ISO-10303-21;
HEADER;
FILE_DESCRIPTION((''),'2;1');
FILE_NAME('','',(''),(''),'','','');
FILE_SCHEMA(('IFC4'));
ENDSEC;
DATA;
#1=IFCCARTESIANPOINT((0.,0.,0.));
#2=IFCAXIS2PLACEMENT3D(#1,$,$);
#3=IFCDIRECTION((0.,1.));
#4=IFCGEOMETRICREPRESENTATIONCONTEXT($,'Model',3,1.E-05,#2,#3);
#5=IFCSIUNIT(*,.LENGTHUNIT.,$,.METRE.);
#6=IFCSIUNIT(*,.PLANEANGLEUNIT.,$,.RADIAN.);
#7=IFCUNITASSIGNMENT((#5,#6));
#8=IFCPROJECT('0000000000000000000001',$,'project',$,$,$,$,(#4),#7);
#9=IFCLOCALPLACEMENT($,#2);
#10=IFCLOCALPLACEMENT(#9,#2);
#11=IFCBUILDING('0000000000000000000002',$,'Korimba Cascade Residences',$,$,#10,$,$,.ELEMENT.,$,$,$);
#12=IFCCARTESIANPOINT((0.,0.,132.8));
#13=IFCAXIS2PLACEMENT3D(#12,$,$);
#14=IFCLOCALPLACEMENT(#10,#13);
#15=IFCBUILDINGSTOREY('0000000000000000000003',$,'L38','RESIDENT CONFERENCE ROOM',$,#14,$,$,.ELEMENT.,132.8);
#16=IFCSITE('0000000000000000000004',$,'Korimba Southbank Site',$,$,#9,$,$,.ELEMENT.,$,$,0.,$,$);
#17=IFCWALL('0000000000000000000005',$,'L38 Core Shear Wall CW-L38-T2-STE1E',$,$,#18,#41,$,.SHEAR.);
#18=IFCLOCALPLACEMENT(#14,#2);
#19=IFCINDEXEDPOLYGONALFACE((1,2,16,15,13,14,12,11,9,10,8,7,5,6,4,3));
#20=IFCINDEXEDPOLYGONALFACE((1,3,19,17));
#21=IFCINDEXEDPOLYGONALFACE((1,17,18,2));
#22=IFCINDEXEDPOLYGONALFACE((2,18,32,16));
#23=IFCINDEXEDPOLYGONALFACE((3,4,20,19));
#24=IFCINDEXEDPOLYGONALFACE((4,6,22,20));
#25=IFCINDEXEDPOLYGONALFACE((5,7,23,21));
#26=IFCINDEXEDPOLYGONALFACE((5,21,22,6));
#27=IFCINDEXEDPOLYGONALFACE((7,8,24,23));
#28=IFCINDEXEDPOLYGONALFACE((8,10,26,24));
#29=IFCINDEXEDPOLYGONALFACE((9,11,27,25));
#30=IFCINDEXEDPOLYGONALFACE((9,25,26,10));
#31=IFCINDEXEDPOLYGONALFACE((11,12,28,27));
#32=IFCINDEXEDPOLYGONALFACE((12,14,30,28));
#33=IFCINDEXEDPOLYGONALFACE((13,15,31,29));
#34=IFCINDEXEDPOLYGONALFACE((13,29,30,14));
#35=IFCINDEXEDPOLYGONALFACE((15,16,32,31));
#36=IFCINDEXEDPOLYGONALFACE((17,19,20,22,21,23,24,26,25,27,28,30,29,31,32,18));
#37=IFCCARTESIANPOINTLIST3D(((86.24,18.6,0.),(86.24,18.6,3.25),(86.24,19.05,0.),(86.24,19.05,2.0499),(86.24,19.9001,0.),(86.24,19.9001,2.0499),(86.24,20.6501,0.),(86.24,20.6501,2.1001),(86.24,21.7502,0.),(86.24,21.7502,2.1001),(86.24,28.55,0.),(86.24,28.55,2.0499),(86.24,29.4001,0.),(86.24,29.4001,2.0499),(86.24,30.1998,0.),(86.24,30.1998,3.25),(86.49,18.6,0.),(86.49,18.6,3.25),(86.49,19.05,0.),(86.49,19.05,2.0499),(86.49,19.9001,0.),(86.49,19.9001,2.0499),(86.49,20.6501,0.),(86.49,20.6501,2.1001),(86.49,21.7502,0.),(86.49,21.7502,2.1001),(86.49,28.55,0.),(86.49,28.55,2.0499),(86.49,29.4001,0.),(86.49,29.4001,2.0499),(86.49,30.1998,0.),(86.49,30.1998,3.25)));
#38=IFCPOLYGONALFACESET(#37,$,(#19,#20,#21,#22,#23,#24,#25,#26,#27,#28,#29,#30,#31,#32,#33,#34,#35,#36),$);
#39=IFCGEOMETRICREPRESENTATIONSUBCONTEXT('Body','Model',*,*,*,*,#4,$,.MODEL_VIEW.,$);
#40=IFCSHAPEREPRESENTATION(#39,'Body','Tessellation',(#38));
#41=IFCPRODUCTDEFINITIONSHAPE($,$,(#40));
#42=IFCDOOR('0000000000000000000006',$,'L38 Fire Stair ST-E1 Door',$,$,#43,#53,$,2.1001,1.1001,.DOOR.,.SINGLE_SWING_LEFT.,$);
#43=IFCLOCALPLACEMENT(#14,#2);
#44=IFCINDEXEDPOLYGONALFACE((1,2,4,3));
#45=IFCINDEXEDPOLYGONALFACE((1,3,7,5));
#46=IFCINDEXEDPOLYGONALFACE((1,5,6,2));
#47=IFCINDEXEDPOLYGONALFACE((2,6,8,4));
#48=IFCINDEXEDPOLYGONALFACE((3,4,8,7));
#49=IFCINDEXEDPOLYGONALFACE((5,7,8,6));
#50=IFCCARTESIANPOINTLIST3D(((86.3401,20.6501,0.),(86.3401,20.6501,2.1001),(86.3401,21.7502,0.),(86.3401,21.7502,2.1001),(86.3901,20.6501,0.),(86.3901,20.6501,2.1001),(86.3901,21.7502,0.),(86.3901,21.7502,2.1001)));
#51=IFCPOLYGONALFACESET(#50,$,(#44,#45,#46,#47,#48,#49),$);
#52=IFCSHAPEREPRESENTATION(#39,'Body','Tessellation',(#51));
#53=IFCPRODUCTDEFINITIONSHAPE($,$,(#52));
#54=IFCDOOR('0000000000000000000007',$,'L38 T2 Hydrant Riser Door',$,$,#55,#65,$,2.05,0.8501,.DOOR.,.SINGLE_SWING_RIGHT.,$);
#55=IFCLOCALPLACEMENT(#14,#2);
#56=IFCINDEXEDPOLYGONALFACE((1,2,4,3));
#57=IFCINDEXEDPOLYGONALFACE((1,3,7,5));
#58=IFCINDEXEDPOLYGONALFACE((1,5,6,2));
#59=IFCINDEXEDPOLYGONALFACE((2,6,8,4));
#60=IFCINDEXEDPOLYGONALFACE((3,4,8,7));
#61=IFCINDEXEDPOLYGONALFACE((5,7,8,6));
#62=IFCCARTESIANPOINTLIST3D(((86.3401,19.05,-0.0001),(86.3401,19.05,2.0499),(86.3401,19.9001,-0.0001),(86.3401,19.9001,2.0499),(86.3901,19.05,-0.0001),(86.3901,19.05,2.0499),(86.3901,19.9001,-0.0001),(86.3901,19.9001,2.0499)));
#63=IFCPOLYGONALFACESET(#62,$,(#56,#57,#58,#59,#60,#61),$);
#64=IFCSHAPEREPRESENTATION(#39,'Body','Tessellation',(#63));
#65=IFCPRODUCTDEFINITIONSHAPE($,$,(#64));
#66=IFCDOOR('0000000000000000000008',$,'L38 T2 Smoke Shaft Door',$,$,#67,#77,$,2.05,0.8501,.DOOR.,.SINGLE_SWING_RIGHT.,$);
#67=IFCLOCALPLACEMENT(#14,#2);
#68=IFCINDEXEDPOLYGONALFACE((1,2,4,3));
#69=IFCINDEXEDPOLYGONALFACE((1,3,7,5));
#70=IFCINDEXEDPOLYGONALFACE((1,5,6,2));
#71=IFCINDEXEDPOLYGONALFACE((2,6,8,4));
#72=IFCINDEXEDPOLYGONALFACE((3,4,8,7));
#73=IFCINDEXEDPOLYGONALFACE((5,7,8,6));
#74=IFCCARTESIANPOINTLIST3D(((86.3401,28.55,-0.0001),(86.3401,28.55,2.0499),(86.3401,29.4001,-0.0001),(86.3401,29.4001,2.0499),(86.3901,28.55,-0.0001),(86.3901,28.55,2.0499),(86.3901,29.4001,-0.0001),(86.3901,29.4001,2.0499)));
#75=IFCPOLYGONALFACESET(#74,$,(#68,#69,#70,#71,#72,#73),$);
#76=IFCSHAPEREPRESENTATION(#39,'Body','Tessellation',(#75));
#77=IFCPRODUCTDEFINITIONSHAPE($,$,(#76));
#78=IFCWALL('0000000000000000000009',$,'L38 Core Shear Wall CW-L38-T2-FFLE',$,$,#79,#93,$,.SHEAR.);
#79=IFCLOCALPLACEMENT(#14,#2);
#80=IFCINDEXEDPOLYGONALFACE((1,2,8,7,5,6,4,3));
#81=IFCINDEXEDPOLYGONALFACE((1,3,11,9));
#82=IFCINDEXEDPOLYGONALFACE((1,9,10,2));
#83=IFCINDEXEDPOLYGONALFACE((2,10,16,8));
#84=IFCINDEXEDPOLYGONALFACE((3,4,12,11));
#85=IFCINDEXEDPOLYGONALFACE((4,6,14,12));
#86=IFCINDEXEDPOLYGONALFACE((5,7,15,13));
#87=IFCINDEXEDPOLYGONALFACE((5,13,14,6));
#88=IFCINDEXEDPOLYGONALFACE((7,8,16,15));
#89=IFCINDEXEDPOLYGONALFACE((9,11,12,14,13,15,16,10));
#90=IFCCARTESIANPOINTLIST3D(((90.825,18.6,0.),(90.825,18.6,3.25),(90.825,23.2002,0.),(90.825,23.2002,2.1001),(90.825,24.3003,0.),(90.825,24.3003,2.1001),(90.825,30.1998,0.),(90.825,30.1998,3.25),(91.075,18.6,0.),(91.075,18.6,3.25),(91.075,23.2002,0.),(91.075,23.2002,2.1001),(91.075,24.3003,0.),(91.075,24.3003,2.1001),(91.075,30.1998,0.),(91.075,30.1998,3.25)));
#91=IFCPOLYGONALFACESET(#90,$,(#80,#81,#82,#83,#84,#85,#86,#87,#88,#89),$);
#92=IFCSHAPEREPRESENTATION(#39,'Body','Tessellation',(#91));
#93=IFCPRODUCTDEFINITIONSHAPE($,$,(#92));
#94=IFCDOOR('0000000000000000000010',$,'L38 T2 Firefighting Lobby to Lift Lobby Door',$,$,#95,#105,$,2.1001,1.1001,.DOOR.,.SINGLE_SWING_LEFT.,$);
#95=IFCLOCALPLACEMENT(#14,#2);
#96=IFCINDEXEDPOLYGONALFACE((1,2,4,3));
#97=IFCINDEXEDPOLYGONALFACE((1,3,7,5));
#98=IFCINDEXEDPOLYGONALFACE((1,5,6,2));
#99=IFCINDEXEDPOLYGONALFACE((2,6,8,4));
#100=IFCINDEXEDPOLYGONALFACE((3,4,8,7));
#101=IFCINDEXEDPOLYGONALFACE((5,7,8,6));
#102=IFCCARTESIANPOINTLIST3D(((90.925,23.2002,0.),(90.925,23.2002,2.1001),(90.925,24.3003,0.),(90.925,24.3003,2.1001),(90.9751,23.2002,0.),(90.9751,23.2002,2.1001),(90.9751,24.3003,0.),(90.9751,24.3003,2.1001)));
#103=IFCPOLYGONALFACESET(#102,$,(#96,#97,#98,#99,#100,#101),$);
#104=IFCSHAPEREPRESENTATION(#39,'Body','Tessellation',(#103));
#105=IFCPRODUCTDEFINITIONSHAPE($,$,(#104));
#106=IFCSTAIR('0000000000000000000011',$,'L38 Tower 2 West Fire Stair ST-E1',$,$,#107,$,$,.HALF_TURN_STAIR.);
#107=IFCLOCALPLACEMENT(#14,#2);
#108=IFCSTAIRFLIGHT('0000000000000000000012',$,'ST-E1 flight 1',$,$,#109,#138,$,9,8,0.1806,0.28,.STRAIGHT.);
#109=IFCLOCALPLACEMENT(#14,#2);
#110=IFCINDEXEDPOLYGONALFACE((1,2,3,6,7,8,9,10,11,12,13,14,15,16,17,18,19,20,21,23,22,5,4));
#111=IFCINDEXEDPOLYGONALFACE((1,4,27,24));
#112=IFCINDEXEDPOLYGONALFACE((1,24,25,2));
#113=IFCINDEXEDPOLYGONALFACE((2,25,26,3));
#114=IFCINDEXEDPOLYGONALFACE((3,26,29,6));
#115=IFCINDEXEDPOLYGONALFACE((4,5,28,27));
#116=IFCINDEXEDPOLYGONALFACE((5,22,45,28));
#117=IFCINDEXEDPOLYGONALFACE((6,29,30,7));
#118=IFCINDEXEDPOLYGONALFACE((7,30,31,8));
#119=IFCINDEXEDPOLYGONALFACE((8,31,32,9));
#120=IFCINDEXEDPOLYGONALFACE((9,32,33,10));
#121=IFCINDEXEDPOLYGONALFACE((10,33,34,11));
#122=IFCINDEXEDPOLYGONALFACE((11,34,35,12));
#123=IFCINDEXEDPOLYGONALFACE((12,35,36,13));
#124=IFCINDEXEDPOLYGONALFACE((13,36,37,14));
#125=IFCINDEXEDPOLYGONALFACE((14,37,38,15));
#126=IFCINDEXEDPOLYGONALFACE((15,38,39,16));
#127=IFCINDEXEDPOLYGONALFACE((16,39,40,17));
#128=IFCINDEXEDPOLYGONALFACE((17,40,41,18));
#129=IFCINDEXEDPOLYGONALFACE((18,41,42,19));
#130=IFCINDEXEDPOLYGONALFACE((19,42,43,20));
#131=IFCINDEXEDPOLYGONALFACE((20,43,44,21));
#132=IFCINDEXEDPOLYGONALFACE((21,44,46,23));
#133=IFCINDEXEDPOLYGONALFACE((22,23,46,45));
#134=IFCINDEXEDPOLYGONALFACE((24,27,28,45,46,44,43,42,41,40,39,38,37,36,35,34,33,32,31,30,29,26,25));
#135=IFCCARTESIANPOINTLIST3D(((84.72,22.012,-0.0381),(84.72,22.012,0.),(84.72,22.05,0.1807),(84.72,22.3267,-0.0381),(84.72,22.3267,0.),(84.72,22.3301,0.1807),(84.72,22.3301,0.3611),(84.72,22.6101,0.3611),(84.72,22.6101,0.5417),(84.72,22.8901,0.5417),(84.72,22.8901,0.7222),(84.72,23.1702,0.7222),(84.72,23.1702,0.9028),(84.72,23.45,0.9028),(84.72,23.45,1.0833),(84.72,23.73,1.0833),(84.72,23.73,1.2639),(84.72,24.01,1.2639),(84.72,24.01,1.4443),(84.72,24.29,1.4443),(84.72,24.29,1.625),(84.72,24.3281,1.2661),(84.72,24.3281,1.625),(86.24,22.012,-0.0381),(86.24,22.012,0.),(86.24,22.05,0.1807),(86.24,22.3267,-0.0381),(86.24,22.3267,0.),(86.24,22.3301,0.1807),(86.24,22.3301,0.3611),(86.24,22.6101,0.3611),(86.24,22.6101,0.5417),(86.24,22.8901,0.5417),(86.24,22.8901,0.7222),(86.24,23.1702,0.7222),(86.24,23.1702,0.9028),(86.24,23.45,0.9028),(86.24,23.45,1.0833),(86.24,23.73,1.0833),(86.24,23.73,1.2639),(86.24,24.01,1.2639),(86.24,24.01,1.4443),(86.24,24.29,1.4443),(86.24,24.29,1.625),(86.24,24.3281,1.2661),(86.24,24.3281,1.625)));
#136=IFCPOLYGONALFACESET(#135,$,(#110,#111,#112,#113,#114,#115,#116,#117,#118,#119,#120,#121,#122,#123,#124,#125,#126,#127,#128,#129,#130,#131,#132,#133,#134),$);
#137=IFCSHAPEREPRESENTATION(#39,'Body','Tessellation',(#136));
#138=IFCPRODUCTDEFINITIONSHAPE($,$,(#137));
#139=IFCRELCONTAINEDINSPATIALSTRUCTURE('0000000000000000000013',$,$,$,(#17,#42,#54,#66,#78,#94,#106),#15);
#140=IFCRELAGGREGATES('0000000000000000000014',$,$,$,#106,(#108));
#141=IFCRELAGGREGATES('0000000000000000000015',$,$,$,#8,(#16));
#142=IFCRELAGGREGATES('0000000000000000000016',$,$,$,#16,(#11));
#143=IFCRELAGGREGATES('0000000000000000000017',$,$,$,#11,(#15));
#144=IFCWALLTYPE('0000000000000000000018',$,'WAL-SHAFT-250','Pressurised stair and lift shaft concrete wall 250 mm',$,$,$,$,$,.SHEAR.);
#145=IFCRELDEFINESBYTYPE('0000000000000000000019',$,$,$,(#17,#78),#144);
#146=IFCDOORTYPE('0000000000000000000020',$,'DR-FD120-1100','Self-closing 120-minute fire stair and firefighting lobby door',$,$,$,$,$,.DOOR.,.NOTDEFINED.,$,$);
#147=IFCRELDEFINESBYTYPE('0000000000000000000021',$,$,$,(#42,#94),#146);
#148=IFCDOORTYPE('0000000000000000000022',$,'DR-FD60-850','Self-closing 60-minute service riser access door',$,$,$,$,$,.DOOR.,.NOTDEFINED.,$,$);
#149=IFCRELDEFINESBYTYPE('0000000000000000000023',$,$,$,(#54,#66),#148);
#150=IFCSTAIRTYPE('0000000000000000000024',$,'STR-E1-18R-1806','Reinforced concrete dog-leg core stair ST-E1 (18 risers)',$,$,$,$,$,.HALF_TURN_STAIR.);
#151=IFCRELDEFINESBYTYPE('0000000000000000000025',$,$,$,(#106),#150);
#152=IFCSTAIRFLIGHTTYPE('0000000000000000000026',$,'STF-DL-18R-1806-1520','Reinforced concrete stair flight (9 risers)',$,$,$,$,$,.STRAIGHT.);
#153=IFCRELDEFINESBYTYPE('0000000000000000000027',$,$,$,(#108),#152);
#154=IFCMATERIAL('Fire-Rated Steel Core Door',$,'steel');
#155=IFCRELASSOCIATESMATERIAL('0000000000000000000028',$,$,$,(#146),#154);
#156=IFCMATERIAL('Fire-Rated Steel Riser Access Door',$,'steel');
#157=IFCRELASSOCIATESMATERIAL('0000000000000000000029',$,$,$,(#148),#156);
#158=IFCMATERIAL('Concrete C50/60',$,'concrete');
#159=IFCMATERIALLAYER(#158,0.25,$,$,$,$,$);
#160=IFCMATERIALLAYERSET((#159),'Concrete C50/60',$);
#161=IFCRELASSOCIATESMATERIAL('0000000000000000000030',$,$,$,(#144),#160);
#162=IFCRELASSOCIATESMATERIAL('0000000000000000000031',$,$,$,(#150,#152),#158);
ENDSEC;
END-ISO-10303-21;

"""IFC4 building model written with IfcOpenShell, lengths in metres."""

from ifc_helpers import new_model, si_unit, direction, frame, frame_2d, origin, place, context, subcontext, project, spatial, polyline, rectangle, outline, extrude, material, layer, layer_set, type_object, element, fill, aggregate, save


model = new_model("IFC4")

# Units and contexts
model_context = context("Model", 3, precision=1e-05, world=origin(), true_north=direction((0.0, 1.0)))
body_context = subcontext(model_context, "Body", "Model", "MODEL_VIEW")
ifc_project = project(units=[si_unit("LENGTHUNIT", "METRE"), si_unit("PLANEANGLEUNIT", "RADIAN")], contexts=[model_context])

# Site, building, storey
site_placement = place(None, origin())
site = spatial("IfcSite", under=ifc_project, at=site_placement, Name="Korimba Southbank Site", CompositionType="ELEMENT", RefElevation=0.0)
building_placement = place(site_placement, origin())
building = spatial("IfcBuilding", under=site, at=building_placement, Name="Korimba Cascade Residences", CompositionType="ELEMENT")
storey_placement = place(building_placement, frame((0.0, 0.0, 132.8)))
storey = spatial("IfcBuildingStorey", under=building, at=storey_placement, Name="L38", Description="RESIDENT CONFERENCE ROOM", CompositionType="ELEMENT", Elevation=132.8)

# Shared definitions
ifc_material_1 = material(Name="Fire-Rated Steel Core Door", Category="steel")
door_type_1 = type_object("IfcDoorType", Name="DR-FD120-1100", Description="Self-closing 120-minute fire stair and firefighting lobby door", OperationType="NOTDEFINED", PredefinedType="DOOR", material=ifc_material_1)

# Wall, openings, doors
ifc_material_2 = material(Name="Fire-Rated Steel Riser Access Door", Category="steel")
door_type_2 = type_object("IfcDoorType", Name="DR-FD60-850", Description="Self-closing 60-minute service riser access door", OperationType="NOTDEFINED", PredefinedType="DOOR", material=ifc_material_2)
ifc_material_3 = material(Name="Concrete C50/60", Category="concrete")
ifc_layer_1 = layer(ifc_material_3, 0.25)
ifc_layer_set_1 = layer_set([ifc_layer_1], Name="Concrete C50/60")
wall_type_1 = type_object("IfcWallType", Name="WAL-SHAFT-250", Description="Pressurised stair and lift shaft concrete wall 250 mm", PredefinedType="SHEAR", material=ifc_layer_set_1)
wall_1_placement = place(storey_placement, frame((86.365, 18.6001, 0.0), z_axis=(0.0, 0.0, 1.0), x_axis=(0.0, 1.0, 0.0)))
wall_1 = element("IfcWall", 1, at=wall_1_placement, inside=storey, type_object=wall_type_1, Name="L38 Core Shear Wall CW-L38-T2-STE1E", PredefinedType="SHEAR", context=body_context, shape_type="SweptSolid", body=[
    extrude(rectangle(XDim=11.5999, YDim=0.25, at=frame_2d((5.7998, 0.0))), origin(), (0.0, 0.0, 1.0), 3.25),
])
opening_1_placement = place(wall_1_placement, frame((0.45, 0.0, 0.0)))
opening_1 = element("IfcOpeningElement", 2, at=opening_1_placement, cuts=wall_1, PredefinedType="OPENING", context=body_context, shape_type="SweptSolid", body=[
    extrude(rectangle(XDim=0.8501, YDim=2.05, at=frame_2d((0.425, 1.0249))), frame((0.0, 0.135, 0.0), z_axis=(0.0, -1.0, 0.0), x_axis=(1.0, 0.0, 0.0)), (0.0, 0.0, 1.0), 0.27),
])
opening_2_placement = place(wall_1_placement, frame((2.05, 0.0, 0.0)))
opening_2 = element("IfcOpeningElement", 3, at=opening_2_placement, cuts=wall_1, PredefinedType="OPENING", context=body_context, shape_type="SweptSolid", body=[
    extrude(rectangle(XDim=1.1001, YDim=2.1001, at=frame_2d((0.55, 1.05))), frame((0.0, 0.135, 0.0), z_axis=(0.0, -1.0, 0.0), x_axis=(1.0, 0.0, 0.0)), (0.0, 0.0, 1.0), 0.27),
])
opening_3_placement = place(wall_1_placement, frame((9.95, 0.0, 0.0)))
opening_3 = element("IfcOpeningElement", 4, at=opening_3_placement, cuts=wall_1, PredefinedType="OPENING", context=body_context, shape_type="SweptSolid", body=[
    extrude(rectangle(XDim=0.8501, YDim=2.05, at=frame_2d((0.425, 1.0249))), frame((0.0, 0.135, 0.0), z_axis=(0.0, -1.0, 0.0), x_axis=(1.0, 0.0, 0.0)), (0.0, 0.0, 1.0), 0.27),
])
door_1_placement = place(opening_2_placement, origin())
door_1 = element("IfcDoor", 5, at=door_1_placement, inside=storey, type_object=door_type_1, Name="L38 Fire Stair ST-E1 Door", OperationType="SINGLE_SWING_LEFT", OverallHeight=2.1001, OverallWidth=1.1001, PredefinedType="DOOR", context=body_context, shape_type="SweptSolid", body=[
    extrude(rectangle(XDim=1.1001, YDim=2.1001, at=frame_2d((0.55, 1.05))), frame((0.0, 0.0249, 0.0), z_axis=(0.0, -1.0, 0.0), x_axis=(1.0, 0.0, 0.0)), (0.0, 0.0, 1.0), 0.05),
])
fill(opening_2, door_1)
door_2_placement = place(opening_1_placement, origin())
door_2 = element("IfcDoor", 6, at=door_2_placement, inside=storey, type_object=door_type_2, Name="L38 T2 Hydrant Riser Door", OperationType="SINGLE_SWING_RIGHT", OverallHeight=2.05, OverallWidth=0.8501, PredefinedType="DOOR", context=body_context, shape_type="SweptSolid", body=[
    extrude(rectangle(XDim=0.8501, YDim=2.05, at=frame_2d((0.425, 1.0249))), frame((0.0, 0.0249, 0.0), z_axis=(0.0, -1.0, 0.0), x_axis=(1.0, 0.0, 0.0)), (0.0, 0.0, 1.0), 0.05),
])
fill(opening_1, door_2)
door_3_placement = place(opening_3_placement, origin())
door_3 = element("IfcDoor", 7, at=door_3_placement, inside=storey, type_object=door_type_2, Name="L38 T2 Smoke Shaft Door", OperationType="SINGLE_SWING_RIGHT", OverallHeight=2.05, OverallWidth=0.8501, PredefinedType="DOOR", context=body_context, shape_type="SweptSolid", body=[
    extrude(rectangle(XDim=0.8501, YDim=2.05, at=frame_2d((0.425, 1.0249))), frame((0.0, 0.0249, 0.0), z_axis=(0.0, -1.0, 0.0), x_axis=(1.0, 0.0, 0.0)), (0.0, 0.0, 1.0), 0.05),
])
fill(opening_3, door_3)

# Wall, opening, door
wall_2_placement = place(storey_placement, frame((90.95, 18.6001, 0.0), z_axis=(0.0, 0.0, 1.0), x_axis=(0.0, 1.0, 0.0)))
wall_2 = element("IfcWall", 8, at=wall_2_placement, inside=storey, type_object=wall_type_1, Name="L38 Core Shear Wall CW-L38-T2-FFLE", PredefinedType="SHEAR", context=body_context, shape_type="SweptSolid", body=[
    extrude(rectangle(XDim=11.5999, YDim=0.25, at=frame_2d((5.7998, 0.0))), origin(), (0.0, 0.0, 1.0), 3.25),
])
opening_4_placement = place(wall_2_placement, frame((4.6001, 0.0, 0.0)))
opening_4 = element("IfcOpeningElement", 9, at=opening_4_placement, cuts=wall_2, PredefinedType="OPENING", context=body_context, shape_type="SweptSolid", body=[
    extrude(rectangle(XDim=1.1001, YDim=2.1001, at=frame_2d((0.55, 1.05))), frame((0.0, 0.135, 0.0), z_axis=(0.0, -1.0, 0.0), x_axis=(1.0, 0.0, 0.0)), (0.0, 0.0, 1.0), 0.27),
])
door_4_placement = place(opening_4_placement, origin())
door_4 = element("IfcDoor", 10, at=door_4_placement, inside=storey, type_object=door_type_1, Name="L38 T2 Firefighting Lobby to Lift Lobby Door", OperationType="SINGLE_SWING_LEFT", OverallHeight=2.1001, OverallWidth=1.1001, PredefinedType="DOOR", context=body_context, shape_type="SweptSolid", body=[
    extrude(rectangle(XDim=1.1001, YDim=2.1001, at=frame_2d((0.55, 1.05))), frame((0.0, 0.0249, 0.0), z_axis=(0.0, -1.0, 0.0), x_axis=(1.0, 0.0, 0.0)), (0.0, 0.0, 1.0), 0.05),
])
fill(opening_4, door_4)

# Stair, stair flight
stair_type = type_object("IfcStairType", Name="STR-E1-18R-1806", Description="Reinforced concrete dog-leg core stair ST-E1 (18 risers)", PredefinedType="HALF_TURN_STAIR", material=ifc_material_3)
stair_placement = place(storey_placement, origin())
stair = element("IfcStair", 11, at=stair_placement, inside=storey, type_object=stair_type, Name="L38 Tower 2 West Fire Stair ST-E1", PredefinedType="HALF_TURN_STAIR")
stair_flight_type = type_object("IfcStairFlightType", Name="STF-DL-18R-1806-1520", Description="Reinforced concrete stair flight (9 risers)", PredefinedType="STRAIGHT", material=ifc_material_3)
stair_flight_placement = place(storey_placement, frame((85.48, 22.05, 0.0), z_axis=(0.0, 0.0, 1.0), x_axis=(0.0, 1.0, 0.0)))
stair_flight = element("IfcStairFlight", 12, at=stair_flight_placement, type_object=stair_flight_type, Name="ST-E1 flight 1", NumberOfRisers=9, NumberOfTreads=8, PredefinedType="STRAIGHT", RiserHeight=0.1806, TreadLength=0.28, context=body_context, shape_type="SweptSolid", body=[
    extrude(outline(polyline([(-0.0381, 0.0), (0.0, 0.1807), (0.28, 0.1807), (0.28, 0.3611), (0.5601, 0.3611), (0.5601, 0.5417), (0.8401, 0.5417), (0.8401, 0.7222), (1.1201, 0.7222), (1.1201, 0.9028), (1.3999, 0.9028), (1.3999, 1.0833), (1.6799, 1.0833), (1.6799, 1.2639), (1.96, 1.2639), (1.96, 1.4443), (2.24, 1.4443), (2.24, 1.625), (2.2781, 1.625), (2.2781, 1.2661), (0.2766, 0.0), (0.2766, -0.0381), (-0.0381, -0.0381), (-0.0381, 0.0)])), frame((0.0, 0.76, 0.0), z_axis=(0.0, -1.0, 0.0), x_axis=(1.0, 0.0, 0.0)), (0.0, 0.0, 1.0), 1.52),
])
aggregate(stair, [stair_flight])

save(model, "model.ifc")
